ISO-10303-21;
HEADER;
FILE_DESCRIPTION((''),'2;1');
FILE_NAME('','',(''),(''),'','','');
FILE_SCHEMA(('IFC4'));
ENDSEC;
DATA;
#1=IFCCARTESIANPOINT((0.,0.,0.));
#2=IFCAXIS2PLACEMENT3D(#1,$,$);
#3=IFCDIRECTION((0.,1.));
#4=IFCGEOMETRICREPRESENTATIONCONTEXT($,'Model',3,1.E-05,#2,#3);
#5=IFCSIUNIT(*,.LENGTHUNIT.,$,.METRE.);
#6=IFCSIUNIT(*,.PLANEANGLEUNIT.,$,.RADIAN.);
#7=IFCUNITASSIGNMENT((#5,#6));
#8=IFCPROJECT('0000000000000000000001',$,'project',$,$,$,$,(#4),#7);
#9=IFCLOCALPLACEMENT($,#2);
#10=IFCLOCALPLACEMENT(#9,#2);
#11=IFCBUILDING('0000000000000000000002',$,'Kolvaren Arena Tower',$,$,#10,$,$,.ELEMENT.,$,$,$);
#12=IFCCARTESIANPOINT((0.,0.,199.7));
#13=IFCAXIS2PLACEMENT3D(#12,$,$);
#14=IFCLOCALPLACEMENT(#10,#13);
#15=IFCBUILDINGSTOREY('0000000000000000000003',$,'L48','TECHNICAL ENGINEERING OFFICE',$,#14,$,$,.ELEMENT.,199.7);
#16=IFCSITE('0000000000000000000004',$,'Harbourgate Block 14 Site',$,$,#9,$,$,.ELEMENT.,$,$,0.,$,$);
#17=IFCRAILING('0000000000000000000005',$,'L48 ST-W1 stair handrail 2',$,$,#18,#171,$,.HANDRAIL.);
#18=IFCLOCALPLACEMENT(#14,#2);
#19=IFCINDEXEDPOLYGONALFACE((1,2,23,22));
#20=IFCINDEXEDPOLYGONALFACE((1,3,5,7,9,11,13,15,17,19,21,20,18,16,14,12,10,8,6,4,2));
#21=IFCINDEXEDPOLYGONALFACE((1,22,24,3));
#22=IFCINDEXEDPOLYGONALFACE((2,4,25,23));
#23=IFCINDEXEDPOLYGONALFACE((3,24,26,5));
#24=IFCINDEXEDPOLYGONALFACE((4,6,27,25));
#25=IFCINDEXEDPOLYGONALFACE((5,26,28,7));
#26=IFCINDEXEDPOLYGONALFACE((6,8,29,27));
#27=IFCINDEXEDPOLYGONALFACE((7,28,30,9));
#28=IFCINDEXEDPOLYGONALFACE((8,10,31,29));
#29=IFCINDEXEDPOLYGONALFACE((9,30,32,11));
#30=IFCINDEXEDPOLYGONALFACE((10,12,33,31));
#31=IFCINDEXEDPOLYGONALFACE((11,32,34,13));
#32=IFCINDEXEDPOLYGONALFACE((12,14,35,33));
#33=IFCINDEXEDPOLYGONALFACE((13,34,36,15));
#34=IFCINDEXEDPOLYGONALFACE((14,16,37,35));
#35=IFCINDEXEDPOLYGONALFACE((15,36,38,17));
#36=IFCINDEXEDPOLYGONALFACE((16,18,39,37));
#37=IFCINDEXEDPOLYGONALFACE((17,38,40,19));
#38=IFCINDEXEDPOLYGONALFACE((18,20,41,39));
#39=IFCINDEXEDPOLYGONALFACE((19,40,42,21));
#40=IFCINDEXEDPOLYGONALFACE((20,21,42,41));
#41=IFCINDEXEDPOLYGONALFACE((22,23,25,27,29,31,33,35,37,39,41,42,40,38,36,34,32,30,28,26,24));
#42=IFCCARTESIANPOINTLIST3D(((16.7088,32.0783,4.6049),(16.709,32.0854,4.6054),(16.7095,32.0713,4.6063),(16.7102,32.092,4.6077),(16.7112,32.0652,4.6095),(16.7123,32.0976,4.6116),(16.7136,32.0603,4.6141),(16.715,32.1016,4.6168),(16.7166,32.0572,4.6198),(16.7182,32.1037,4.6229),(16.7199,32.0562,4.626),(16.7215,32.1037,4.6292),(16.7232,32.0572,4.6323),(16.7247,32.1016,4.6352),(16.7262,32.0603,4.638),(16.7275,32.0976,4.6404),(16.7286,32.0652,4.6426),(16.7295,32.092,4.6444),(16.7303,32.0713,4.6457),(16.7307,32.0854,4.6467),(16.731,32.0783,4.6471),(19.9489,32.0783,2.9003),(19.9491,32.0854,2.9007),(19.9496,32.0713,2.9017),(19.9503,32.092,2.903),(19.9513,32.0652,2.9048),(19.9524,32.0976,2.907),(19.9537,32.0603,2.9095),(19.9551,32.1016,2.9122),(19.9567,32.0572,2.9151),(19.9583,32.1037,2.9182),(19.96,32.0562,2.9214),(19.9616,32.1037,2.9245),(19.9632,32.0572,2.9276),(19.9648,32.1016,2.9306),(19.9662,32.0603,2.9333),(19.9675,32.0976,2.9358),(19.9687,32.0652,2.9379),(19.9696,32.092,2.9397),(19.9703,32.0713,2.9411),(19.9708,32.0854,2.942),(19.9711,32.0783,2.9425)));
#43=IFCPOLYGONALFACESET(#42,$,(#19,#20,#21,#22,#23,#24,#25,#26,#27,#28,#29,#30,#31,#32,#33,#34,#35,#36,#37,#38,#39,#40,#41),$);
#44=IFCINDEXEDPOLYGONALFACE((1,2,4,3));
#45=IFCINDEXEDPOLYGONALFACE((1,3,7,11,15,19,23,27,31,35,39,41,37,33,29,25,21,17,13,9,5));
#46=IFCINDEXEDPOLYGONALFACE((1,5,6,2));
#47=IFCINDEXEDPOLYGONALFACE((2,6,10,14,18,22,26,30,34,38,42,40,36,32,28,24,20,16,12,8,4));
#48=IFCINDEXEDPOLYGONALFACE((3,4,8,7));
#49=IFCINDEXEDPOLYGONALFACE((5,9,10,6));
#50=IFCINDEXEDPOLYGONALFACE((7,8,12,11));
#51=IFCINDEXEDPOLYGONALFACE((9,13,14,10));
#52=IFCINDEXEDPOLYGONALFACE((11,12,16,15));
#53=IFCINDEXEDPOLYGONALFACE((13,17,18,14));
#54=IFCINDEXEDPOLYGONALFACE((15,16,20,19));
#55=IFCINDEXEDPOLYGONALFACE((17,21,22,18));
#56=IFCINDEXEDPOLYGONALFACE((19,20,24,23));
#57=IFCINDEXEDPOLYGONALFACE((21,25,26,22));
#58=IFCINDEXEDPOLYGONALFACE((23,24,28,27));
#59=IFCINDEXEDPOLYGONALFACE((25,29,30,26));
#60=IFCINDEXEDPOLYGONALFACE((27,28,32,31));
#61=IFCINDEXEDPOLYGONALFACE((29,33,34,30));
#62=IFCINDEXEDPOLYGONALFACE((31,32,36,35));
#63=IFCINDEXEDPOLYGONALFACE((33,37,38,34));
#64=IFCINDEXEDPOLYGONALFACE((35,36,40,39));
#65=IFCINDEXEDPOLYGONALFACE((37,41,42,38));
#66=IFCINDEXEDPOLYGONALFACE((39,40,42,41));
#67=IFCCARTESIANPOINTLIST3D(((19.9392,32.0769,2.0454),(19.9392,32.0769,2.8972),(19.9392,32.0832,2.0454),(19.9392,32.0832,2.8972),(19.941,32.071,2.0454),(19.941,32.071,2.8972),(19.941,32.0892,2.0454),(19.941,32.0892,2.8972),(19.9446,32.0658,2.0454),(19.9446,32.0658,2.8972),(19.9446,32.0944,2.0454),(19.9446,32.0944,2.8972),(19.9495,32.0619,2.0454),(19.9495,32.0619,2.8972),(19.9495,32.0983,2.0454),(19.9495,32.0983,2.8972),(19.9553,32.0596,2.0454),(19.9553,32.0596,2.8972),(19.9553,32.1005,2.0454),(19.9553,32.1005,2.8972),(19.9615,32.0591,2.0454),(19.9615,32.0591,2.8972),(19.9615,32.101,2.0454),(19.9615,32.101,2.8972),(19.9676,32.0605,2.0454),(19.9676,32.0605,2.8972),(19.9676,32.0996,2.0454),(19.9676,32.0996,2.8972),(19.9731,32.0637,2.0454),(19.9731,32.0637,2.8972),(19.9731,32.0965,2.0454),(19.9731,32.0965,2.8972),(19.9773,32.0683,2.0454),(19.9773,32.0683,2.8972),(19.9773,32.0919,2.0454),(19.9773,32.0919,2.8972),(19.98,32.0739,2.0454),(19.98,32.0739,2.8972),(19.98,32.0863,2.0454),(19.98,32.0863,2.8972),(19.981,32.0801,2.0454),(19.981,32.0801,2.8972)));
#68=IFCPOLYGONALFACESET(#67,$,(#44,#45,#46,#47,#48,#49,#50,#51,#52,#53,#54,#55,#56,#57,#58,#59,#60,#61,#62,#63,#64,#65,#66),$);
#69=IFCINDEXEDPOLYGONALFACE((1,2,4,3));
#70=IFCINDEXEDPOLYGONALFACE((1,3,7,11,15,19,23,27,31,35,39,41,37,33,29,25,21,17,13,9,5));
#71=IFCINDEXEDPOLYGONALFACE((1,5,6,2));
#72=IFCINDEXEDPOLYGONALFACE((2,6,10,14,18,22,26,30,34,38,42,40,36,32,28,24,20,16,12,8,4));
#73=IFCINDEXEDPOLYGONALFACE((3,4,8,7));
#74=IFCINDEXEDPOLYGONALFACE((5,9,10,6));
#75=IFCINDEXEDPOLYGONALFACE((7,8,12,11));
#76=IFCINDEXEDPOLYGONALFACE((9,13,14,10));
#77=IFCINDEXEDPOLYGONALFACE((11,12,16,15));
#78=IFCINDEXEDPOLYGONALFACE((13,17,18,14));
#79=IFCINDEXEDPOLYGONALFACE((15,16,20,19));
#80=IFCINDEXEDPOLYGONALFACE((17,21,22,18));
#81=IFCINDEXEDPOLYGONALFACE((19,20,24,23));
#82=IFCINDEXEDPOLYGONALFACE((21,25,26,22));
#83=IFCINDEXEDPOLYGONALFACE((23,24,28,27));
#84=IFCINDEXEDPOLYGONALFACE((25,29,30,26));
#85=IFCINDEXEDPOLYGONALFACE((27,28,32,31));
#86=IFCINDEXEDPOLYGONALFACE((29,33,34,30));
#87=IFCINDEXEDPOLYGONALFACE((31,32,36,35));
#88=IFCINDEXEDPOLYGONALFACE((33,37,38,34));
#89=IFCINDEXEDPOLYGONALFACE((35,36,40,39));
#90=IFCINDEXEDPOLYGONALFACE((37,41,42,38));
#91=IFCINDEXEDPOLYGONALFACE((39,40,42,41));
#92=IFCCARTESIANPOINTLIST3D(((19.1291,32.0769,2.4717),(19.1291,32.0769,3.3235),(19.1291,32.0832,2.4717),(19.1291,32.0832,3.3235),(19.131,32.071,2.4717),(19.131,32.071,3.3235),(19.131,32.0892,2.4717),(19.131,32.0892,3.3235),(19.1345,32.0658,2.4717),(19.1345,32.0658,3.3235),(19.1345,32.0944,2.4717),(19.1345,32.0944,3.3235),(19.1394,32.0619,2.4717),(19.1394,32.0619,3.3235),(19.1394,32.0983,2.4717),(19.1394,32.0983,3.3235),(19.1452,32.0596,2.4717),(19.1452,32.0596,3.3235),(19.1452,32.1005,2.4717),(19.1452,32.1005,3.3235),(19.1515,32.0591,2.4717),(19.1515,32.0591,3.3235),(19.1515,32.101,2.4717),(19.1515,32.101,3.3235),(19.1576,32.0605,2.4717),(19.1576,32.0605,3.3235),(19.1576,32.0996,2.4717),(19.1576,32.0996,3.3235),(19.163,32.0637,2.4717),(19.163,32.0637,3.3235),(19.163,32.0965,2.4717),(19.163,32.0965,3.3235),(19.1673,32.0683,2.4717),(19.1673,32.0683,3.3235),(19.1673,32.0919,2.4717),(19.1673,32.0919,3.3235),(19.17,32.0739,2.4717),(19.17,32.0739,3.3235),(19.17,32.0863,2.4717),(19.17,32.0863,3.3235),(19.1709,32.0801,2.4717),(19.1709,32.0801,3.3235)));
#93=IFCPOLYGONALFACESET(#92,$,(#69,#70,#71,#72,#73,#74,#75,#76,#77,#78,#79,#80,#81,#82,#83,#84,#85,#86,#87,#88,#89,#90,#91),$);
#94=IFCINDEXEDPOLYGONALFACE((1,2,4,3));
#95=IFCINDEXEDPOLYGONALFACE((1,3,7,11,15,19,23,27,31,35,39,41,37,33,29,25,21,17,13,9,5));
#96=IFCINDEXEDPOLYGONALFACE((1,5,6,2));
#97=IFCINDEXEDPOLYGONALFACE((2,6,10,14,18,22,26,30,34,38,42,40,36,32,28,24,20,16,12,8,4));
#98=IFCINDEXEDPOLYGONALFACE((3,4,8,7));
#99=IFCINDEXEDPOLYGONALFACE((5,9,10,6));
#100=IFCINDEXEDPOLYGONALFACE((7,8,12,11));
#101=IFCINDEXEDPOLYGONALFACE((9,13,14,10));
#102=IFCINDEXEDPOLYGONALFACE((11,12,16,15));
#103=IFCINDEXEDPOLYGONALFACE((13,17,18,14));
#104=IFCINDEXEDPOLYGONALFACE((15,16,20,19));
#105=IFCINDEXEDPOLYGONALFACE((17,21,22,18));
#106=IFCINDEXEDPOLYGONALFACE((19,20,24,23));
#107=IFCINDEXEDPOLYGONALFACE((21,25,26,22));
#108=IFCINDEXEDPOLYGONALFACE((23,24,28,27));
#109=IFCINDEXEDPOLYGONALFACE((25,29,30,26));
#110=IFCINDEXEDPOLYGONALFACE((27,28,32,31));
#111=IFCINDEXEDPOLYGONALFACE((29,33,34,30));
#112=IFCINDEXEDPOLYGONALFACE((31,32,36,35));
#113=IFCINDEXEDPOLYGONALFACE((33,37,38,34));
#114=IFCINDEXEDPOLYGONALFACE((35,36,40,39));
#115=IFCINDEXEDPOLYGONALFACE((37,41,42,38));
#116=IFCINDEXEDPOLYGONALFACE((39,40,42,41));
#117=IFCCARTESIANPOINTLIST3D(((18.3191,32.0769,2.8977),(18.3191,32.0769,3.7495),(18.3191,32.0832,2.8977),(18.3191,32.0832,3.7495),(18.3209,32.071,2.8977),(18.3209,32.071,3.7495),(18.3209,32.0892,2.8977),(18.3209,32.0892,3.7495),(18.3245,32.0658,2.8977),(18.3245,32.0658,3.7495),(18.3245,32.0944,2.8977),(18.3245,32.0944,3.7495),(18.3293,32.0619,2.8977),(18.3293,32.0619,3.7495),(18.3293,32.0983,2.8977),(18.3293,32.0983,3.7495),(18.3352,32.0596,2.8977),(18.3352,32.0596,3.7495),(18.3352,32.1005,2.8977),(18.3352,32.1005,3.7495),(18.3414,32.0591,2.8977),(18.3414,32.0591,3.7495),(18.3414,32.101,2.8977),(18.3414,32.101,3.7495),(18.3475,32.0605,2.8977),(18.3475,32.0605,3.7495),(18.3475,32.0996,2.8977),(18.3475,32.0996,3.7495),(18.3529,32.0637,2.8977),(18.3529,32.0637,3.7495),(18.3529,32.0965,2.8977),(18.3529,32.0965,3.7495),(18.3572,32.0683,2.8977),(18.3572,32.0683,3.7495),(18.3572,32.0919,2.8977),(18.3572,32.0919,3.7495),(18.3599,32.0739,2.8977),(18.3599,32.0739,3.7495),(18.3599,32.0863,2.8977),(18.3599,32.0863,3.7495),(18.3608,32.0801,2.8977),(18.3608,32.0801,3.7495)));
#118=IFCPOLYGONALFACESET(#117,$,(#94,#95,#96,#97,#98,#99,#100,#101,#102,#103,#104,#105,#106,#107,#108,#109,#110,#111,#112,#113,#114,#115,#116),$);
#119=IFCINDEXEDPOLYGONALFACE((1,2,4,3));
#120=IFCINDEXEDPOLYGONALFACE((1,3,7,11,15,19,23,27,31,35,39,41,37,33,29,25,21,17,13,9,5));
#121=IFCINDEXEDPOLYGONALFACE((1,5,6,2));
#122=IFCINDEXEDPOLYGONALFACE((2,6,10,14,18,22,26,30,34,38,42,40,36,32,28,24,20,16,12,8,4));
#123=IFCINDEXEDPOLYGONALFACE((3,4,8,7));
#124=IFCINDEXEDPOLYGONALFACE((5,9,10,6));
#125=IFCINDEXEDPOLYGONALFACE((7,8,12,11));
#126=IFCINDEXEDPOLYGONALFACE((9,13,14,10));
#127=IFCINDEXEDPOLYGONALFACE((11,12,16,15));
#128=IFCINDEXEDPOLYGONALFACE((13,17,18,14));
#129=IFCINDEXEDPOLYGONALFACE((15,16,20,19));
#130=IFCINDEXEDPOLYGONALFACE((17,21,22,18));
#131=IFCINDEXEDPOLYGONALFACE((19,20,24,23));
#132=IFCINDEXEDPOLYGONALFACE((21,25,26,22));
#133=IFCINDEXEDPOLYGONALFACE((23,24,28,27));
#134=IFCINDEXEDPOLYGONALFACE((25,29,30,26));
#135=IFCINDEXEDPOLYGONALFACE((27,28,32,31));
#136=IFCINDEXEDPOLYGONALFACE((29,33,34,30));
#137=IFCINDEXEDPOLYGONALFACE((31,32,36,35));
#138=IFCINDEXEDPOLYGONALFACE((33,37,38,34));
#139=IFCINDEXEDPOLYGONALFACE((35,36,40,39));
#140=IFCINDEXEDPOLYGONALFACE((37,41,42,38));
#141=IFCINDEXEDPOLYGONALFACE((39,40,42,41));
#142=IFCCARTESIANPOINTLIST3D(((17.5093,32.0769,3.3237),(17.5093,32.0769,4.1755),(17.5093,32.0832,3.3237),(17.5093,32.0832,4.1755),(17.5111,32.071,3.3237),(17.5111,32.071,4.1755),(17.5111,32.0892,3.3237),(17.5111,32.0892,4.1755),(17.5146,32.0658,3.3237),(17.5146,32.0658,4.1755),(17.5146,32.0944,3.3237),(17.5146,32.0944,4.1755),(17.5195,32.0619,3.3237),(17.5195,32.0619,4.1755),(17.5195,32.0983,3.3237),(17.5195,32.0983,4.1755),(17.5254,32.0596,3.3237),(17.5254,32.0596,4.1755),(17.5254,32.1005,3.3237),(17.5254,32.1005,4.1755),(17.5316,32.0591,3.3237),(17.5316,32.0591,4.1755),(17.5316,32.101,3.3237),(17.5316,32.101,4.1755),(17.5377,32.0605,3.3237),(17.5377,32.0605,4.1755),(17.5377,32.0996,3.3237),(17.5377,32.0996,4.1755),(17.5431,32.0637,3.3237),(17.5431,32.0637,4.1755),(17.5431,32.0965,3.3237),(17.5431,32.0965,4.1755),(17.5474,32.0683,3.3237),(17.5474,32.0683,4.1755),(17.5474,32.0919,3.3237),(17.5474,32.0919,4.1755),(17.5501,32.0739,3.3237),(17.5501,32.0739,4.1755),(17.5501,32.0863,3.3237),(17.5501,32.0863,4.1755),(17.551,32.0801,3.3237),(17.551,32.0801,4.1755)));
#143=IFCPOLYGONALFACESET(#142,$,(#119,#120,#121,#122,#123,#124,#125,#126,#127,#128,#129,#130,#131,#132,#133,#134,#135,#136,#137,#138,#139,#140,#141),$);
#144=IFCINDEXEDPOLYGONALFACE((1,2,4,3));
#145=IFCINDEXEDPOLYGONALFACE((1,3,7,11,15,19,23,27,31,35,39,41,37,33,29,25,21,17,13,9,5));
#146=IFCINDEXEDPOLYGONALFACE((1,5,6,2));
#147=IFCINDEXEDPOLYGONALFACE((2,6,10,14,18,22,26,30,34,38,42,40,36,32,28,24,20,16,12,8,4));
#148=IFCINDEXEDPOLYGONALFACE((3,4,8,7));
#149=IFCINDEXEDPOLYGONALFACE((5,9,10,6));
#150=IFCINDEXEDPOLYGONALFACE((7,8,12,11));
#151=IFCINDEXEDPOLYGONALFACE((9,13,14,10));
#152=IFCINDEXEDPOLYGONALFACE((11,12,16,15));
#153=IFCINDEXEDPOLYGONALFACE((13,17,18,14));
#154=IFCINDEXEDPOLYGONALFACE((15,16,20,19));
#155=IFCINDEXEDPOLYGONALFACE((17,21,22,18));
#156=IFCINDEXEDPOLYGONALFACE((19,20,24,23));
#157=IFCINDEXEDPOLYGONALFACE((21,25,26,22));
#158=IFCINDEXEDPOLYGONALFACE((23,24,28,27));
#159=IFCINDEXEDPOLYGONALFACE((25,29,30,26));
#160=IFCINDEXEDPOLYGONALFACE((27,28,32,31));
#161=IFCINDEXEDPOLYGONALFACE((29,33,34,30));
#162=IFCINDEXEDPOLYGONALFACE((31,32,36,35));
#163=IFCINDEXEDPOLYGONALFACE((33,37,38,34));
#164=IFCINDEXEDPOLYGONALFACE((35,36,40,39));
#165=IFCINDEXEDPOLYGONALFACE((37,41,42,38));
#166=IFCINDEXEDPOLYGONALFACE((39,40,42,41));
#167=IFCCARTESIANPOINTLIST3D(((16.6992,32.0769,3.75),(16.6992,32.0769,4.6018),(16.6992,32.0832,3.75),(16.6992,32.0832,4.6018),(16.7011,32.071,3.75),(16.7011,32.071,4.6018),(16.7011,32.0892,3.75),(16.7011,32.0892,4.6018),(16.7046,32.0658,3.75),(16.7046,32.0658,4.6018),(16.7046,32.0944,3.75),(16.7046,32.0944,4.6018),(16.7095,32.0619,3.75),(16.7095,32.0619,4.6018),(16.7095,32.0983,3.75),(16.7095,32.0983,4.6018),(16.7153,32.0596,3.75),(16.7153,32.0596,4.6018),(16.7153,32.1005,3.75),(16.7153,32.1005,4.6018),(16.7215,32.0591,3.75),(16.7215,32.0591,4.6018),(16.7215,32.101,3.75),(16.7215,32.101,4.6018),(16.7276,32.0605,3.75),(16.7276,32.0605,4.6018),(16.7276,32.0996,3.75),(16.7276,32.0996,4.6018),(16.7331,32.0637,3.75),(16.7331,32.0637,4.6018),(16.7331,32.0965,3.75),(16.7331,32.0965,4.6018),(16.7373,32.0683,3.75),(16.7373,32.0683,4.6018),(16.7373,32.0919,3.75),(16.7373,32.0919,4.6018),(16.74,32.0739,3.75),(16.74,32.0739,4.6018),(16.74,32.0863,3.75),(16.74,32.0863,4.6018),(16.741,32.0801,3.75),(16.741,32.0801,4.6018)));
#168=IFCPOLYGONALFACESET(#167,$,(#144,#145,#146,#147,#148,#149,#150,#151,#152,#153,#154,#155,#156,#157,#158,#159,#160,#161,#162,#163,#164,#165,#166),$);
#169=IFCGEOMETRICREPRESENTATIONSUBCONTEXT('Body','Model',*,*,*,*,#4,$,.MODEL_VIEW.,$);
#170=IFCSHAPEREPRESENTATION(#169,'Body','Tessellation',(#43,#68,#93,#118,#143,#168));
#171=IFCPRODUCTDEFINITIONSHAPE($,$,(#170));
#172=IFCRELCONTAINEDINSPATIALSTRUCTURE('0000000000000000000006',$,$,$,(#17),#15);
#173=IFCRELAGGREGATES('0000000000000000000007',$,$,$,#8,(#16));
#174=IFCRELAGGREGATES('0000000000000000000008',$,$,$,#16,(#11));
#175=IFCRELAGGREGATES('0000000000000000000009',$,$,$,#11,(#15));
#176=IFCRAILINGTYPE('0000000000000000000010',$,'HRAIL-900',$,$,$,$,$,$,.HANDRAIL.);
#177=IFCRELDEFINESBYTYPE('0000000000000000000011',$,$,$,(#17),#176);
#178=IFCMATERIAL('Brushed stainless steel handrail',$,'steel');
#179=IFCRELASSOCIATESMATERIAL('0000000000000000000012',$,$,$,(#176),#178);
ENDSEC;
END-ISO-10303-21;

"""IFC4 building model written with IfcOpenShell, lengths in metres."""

from ifc_helpers import new_model, si_unit, direction, frame, origin, origin_2d, place, context, subcontext, project, spatial, circle, extrude, material, type_object, element, save


model = new_model("IFC4")

# Units and contexts
model_context = context("Model", 3, precision=1e-05, world=origin(), true_north=direction((0.0, 1.0)))
body_context = subcontext(model_context, "Body", "Model", "MODEL_VIEW")
ifc_project = project(units=[si_unit("LENGTHUNIT", "METRE"), si_unit("PLANEANGLEUNIT", "RADIAN")], contexts=[model_context])

# Site, building, storey
site_placement = place(None, origin())
site = spatial("IfcSite", under=ifc_project, at=site_placement, Name="Harbourgate Block 14 Site", CompositionType="ELEMENT", RefElevation=0.0)
building_placement = place(site_placement, origin())
building = spatial("IfcBuilding", under=site, at=building_placement, Name="Kolvaren Arena Tower", CompositionType="ELEMENT")
storey_placement = place(building_placement, frame((0.0, 0.0, 199.7)))
storey = spatial("IfcBuildingStorey", under=building, at=storey_placement, Name="L48", Description="TECHNICAL ENGINEERING OFFICE", CompositionType="ELEMENT", Elevation=199.7)

# Railing
ifc_material_1 = material(Name="Brushed stainless steel handrail", Category="steel")
railing_type_1 = type_object("IfcRailingType", Name="HRAIL-900", PredefinedType="HANDRAIL", material=ifc_material_1)
railing_1_placement = place(storey_placement, frame((19.96, 32.0801, 2.0454)))
element("IfcRailing", 1, at=railing_1_placement, inside=storey, type_object=railing_type_1, Name="L48 ST-W1 stair handrail 2", PredefinedType="HANDRAIL", context=body_context, shape_type="SweptSolid", body=[
    extrude(circle(Radius=0.0239, at=origin_2d()), frame((0.0, 0.0, 0.876), z_axis=(-0.884993, 0.0, 0.465604), x_axis=(0.0, -1.0, 0.0)), (0.0, 0.0, 1.0), 3.6611),
    extrude(circle(Radius=0.021, at=origin_2d()), origin(), (0.0, 0.0, 1.0), 0.8518),
    extrude(circle(Radius=0.021, at=origin_2d()), frame((-0.8101, 0.0, 0.4263)), (0.0, 0.0, 1.0), 0.8518),
    extrude(circle(Radius=0.021, at=origin_2d()), frame((-1.6201, 0.0, 0.8523)), (0.0, 0.0, 1.0), 0.8518),
    extrude(circle(Radius=0.021, at=origin_2d()), frame((-2.4299, 0.0, 1.2783)), (0.0, 0.0, 1.0), 0.8518),
    extrude(circle(Radius=0.021, at=origin_2d()), frame((-3.24, 0.0, 1.7046)), (0.0, 0.0, 1.0), 0.8518),
])

save(model, "model.ifc")
